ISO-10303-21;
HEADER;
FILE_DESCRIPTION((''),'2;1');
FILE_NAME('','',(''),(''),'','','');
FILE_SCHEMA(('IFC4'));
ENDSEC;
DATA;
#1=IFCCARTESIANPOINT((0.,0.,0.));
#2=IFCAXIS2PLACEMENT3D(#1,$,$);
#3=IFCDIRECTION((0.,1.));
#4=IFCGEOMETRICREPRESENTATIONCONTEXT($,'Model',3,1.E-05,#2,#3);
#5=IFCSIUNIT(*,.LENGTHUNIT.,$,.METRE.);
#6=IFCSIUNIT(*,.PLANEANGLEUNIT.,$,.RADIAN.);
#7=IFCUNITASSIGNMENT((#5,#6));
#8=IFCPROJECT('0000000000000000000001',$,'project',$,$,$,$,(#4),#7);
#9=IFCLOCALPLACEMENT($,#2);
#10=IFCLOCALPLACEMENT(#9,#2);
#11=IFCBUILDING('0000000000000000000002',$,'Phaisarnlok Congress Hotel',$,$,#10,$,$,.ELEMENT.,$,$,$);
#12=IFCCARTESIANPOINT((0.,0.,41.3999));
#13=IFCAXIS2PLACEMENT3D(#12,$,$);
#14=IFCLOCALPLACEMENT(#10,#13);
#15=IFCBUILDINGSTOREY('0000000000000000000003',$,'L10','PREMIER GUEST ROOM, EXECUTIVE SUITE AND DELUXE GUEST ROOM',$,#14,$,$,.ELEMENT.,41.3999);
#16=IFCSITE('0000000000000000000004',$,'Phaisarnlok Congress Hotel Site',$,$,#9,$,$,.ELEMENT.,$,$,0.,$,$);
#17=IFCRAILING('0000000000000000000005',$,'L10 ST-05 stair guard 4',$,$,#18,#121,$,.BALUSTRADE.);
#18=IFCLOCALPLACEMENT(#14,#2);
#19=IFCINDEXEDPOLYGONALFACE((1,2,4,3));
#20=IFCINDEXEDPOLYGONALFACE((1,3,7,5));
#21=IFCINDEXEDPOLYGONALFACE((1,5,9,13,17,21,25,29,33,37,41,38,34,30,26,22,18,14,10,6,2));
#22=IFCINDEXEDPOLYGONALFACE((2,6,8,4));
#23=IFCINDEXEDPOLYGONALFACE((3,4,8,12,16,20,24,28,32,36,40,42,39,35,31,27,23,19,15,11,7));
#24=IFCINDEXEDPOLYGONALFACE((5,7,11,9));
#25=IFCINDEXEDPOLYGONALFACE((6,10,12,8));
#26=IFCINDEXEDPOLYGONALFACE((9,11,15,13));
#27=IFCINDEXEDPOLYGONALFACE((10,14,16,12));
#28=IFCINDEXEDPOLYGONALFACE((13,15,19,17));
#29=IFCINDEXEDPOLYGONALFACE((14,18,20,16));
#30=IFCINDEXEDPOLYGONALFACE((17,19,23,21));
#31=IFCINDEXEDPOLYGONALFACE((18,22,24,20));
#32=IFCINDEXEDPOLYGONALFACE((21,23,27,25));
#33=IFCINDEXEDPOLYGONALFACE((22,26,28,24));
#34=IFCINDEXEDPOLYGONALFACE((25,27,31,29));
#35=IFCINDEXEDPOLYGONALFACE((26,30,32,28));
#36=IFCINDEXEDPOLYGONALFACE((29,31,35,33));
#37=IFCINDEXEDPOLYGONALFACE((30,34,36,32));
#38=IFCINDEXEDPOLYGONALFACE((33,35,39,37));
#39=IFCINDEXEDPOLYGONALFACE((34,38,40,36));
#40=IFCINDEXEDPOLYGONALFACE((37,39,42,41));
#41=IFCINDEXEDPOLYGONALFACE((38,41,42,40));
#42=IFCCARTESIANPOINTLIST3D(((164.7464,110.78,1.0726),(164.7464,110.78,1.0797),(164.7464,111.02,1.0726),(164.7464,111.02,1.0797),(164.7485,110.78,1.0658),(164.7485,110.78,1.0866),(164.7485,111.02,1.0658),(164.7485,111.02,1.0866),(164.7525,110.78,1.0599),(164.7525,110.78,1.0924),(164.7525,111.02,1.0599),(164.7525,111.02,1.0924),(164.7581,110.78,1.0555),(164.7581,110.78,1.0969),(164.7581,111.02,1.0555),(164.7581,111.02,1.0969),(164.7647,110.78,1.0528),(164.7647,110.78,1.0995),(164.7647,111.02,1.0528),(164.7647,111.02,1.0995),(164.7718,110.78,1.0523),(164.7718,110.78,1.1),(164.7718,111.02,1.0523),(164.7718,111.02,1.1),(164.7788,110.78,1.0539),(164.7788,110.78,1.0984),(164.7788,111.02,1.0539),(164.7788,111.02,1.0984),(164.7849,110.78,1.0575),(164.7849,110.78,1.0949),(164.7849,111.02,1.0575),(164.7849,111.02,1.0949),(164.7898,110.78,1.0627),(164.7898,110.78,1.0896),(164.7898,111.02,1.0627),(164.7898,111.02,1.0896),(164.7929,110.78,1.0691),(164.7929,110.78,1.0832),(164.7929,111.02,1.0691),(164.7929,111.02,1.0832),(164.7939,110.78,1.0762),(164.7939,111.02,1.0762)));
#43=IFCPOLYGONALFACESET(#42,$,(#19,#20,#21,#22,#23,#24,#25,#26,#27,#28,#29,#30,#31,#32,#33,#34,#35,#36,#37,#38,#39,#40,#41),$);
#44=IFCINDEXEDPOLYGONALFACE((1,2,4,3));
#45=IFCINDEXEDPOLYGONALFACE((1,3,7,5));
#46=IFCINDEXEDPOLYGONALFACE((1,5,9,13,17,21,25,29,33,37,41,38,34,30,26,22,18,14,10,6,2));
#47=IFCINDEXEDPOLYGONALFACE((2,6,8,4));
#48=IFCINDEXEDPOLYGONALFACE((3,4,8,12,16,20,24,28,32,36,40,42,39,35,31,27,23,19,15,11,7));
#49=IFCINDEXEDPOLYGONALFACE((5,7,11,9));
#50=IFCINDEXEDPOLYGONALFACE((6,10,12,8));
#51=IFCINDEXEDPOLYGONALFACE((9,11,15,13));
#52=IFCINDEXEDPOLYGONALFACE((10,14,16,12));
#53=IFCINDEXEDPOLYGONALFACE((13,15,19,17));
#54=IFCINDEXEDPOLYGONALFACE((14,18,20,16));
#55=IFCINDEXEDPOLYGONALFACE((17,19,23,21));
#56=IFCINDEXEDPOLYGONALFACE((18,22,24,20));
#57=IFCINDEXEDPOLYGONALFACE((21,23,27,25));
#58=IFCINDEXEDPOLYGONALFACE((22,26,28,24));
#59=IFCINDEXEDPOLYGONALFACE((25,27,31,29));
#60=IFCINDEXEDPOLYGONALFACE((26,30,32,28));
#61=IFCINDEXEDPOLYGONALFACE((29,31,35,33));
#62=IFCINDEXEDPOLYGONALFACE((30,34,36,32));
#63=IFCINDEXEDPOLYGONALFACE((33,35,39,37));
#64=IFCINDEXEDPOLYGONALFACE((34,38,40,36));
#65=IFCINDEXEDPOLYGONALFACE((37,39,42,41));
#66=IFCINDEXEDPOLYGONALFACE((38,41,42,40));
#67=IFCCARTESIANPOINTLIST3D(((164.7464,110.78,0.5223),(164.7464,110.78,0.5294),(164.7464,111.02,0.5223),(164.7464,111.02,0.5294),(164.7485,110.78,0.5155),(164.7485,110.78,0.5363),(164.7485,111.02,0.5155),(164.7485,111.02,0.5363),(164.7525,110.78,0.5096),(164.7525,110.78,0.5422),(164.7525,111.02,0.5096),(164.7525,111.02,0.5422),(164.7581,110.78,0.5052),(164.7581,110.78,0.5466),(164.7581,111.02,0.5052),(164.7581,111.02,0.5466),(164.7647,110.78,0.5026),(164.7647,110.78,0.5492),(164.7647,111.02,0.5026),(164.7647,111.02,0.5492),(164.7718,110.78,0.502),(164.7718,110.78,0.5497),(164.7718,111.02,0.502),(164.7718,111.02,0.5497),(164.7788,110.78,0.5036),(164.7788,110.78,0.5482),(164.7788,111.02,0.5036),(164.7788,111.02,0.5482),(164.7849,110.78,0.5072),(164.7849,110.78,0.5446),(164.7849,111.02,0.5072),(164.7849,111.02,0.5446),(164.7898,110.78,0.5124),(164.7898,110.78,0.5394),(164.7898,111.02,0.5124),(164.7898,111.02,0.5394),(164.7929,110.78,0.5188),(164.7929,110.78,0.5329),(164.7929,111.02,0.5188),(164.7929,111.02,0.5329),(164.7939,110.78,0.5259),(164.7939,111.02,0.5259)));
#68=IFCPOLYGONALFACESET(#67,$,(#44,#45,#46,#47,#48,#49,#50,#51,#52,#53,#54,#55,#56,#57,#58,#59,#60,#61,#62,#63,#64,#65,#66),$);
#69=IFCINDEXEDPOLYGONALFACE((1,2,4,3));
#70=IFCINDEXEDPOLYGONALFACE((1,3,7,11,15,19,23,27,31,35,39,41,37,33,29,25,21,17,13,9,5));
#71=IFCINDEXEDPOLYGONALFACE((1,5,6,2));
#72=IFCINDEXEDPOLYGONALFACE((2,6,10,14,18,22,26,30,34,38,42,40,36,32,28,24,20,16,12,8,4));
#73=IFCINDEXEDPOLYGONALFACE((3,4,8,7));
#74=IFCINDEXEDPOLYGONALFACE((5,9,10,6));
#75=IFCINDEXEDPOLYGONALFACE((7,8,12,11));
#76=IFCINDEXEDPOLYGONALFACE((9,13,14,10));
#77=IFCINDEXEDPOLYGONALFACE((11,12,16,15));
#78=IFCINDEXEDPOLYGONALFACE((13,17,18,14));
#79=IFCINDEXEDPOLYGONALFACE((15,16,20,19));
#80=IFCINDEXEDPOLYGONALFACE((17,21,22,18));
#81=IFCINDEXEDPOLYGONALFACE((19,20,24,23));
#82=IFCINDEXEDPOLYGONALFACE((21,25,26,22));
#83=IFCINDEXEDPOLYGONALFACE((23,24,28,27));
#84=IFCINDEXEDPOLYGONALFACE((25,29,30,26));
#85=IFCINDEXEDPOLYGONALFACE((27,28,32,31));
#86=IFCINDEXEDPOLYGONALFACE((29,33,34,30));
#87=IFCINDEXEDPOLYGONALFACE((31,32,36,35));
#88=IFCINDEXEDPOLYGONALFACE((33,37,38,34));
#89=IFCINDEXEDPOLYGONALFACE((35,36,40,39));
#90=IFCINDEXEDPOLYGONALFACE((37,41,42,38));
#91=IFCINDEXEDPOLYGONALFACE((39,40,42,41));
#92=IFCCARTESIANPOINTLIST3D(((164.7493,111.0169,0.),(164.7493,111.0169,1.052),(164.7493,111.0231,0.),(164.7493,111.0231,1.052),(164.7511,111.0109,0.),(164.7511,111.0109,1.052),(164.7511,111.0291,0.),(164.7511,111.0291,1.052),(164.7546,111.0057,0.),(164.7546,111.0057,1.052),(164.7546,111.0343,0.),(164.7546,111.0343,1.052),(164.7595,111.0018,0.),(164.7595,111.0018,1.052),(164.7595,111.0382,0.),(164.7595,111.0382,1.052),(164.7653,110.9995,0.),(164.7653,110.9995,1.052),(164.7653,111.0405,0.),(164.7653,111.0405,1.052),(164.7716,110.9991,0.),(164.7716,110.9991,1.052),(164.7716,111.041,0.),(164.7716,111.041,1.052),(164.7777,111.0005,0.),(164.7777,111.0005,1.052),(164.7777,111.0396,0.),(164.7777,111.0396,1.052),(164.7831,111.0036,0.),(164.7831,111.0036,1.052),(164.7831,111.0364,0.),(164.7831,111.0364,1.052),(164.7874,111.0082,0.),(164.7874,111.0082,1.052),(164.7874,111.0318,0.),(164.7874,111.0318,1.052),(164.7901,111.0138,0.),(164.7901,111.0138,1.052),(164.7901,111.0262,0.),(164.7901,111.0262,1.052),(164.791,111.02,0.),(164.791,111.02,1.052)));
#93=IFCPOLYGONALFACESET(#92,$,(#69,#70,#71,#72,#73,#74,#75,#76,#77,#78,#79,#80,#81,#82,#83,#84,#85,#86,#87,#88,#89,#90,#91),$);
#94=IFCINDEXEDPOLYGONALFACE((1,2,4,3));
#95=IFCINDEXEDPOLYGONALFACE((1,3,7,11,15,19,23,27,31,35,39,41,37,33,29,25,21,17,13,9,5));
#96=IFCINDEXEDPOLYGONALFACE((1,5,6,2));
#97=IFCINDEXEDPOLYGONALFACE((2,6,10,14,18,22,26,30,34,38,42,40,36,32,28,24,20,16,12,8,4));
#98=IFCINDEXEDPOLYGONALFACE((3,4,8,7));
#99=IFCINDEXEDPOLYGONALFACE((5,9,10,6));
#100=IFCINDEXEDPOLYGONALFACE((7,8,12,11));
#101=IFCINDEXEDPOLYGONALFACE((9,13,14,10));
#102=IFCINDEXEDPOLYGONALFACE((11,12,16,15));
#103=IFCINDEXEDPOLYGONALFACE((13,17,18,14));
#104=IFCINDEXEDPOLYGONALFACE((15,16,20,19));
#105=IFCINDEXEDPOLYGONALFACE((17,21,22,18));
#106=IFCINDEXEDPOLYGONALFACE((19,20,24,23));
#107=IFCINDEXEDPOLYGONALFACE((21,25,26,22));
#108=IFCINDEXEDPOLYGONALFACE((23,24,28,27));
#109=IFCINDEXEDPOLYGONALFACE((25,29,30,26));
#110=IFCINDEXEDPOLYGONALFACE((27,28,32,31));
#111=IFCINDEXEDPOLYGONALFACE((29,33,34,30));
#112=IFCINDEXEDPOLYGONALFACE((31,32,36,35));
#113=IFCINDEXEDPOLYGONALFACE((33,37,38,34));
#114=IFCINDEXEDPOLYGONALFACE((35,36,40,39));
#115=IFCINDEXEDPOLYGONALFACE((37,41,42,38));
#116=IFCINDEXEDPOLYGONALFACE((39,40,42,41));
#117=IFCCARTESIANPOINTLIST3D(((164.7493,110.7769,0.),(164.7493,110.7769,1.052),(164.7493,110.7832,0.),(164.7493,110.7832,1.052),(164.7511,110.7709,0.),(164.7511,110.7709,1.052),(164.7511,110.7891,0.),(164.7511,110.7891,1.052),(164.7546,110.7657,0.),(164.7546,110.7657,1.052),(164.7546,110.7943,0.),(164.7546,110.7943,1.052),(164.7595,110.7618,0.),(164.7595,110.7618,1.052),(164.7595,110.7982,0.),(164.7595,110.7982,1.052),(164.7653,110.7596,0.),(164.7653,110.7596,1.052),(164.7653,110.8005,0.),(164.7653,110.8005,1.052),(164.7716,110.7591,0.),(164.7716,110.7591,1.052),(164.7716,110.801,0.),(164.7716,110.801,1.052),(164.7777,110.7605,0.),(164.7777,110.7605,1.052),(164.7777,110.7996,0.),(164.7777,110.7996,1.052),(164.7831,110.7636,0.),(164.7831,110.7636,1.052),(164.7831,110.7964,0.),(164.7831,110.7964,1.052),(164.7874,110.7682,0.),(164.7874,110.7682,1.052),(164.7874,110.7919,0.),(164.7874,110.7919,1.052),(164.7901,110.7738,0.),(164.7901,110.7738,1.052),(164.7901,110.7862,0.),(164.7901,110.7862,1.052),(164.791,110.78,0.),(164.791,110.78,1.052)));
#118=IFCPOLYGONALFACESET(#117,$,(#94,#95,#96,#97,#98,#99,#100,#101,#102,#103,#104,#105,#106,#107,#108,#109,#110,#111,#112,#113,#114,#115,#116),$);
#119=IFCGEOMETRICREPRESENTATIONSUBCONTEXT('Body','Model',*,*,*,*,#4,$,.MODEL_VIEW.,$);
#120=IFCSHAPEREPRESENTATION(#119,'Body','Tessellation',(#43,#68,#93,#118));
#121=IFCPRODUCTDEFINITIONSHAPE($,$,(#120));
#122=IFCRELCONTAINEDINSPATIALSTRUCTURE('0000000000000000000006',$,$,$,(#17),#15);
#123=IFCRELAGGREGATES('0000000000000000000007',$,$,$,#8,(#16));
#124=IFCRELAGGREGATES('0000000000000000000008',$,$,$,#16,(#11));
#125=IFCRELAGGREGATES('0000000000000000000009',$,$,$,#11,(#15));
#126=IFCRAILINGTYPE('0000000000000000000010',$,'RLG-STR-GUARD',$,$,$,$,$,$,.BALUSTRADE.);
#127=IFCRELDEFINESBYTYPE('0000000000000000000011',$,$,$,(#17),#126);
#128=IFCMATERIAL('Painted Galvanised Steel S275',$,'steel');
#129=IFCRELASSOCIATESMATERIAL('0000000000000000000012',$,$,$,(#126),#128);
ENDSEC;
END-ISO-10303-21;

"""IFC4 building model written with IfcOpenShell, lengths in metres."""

from ifc_helpers import new_model, si_unit, direction, frame, origin, origin_2d, place, context, subcontext, project, spatial, circle, extrude, material, type_object, element, save


model = new_model("IFC4")

# Units and contexts
model_context = context("Model", 3, precision=1e-05, world=origin(), true_north=direction((0.0, 1.0)))
body_context = subcontext(model_context, "Body", "Model", "MODEL_VIEW")
ifc_project = project(units=[si_unit("LENGTHUNIT", "METRE"), si_unit("PLANEANGLEUNIT", "RADIAN")], contexts=[model_context])

# Site, building, storey
site_placement = place(None, origin())
site = spatial("IfcSite", under=ifc_project, at=site_placement, Name="Phaisarnlok Congress Hotel Site", CompositionType="ELEMENT", RefElevation=0.0)
building_placement = place(site_placement, origin())
building = spatial("IfcBuilding", under=site, at=building_placement, Name="Phaisarnlok Congress Hotel", CompositionType="ELEMENT")
storey_placement = place(building_placement, frame((0.0, 0.0, 41.3999)))
storey = spatial("IfcBuildingStorey", under=building, at=storey_placement, Name="L10", Description="PREMIER GUEST ROOM, EXECUTIVE SUITE AND DELUXE GUEST ROOM", CompositionType="ELEMENT", Elevation=41.3999)

# Railing
ifc_material_1 = material(Name="Painted Galvanised Steel S275", Category="steel")
railing_type_1 = type_object("IfcRailingType", Name="RLG-STR-GUARD", PredefinedType="BALUSTRADE", material=ifc_material_1)
railing_1_placement = place(storey_placement, frame((164.77, 111.02, 0.0)))
element("IfcRailing", 1, at=railing_1_placement, inside=storey, type_object=railing_type_1, Name="L10 ST-05 stair guard 4", PredefinedType="BALUSTRADE", context=body_context, shape_type="SweptSolid", body=[
    extrude(circle(Radius=0.0239, at=origin_2d()), frame((0.0, 0.0, 1.0762), z_axis=(0.0, -1.0, 0.0), x_axis=(1.0, 0.0, 0.0)), (0.0, 0.0, 1.0), 0.24),
    extrude(circle(Radius=0.0239, at=origin_2d()), frame((0.0, 0.0, 0.5259), z_axis=(0.0, -1.0, 0.0), x_axis=(1.0, 0.0, 0.0)), (0.0, 0.0, 1.0), 0.24),
    extrude(circle(Radius=0.021, at=origin_2d()), origin(), (0.0, 0.0, 1.0), 1.052),
    extrude(circle(Radius=0.021, at=origin_2d()), frame((0.0, -0.24, 0.0)), (0.0, 0.0, 1.0), 1.052),
])

save(model, "model.ifc")
